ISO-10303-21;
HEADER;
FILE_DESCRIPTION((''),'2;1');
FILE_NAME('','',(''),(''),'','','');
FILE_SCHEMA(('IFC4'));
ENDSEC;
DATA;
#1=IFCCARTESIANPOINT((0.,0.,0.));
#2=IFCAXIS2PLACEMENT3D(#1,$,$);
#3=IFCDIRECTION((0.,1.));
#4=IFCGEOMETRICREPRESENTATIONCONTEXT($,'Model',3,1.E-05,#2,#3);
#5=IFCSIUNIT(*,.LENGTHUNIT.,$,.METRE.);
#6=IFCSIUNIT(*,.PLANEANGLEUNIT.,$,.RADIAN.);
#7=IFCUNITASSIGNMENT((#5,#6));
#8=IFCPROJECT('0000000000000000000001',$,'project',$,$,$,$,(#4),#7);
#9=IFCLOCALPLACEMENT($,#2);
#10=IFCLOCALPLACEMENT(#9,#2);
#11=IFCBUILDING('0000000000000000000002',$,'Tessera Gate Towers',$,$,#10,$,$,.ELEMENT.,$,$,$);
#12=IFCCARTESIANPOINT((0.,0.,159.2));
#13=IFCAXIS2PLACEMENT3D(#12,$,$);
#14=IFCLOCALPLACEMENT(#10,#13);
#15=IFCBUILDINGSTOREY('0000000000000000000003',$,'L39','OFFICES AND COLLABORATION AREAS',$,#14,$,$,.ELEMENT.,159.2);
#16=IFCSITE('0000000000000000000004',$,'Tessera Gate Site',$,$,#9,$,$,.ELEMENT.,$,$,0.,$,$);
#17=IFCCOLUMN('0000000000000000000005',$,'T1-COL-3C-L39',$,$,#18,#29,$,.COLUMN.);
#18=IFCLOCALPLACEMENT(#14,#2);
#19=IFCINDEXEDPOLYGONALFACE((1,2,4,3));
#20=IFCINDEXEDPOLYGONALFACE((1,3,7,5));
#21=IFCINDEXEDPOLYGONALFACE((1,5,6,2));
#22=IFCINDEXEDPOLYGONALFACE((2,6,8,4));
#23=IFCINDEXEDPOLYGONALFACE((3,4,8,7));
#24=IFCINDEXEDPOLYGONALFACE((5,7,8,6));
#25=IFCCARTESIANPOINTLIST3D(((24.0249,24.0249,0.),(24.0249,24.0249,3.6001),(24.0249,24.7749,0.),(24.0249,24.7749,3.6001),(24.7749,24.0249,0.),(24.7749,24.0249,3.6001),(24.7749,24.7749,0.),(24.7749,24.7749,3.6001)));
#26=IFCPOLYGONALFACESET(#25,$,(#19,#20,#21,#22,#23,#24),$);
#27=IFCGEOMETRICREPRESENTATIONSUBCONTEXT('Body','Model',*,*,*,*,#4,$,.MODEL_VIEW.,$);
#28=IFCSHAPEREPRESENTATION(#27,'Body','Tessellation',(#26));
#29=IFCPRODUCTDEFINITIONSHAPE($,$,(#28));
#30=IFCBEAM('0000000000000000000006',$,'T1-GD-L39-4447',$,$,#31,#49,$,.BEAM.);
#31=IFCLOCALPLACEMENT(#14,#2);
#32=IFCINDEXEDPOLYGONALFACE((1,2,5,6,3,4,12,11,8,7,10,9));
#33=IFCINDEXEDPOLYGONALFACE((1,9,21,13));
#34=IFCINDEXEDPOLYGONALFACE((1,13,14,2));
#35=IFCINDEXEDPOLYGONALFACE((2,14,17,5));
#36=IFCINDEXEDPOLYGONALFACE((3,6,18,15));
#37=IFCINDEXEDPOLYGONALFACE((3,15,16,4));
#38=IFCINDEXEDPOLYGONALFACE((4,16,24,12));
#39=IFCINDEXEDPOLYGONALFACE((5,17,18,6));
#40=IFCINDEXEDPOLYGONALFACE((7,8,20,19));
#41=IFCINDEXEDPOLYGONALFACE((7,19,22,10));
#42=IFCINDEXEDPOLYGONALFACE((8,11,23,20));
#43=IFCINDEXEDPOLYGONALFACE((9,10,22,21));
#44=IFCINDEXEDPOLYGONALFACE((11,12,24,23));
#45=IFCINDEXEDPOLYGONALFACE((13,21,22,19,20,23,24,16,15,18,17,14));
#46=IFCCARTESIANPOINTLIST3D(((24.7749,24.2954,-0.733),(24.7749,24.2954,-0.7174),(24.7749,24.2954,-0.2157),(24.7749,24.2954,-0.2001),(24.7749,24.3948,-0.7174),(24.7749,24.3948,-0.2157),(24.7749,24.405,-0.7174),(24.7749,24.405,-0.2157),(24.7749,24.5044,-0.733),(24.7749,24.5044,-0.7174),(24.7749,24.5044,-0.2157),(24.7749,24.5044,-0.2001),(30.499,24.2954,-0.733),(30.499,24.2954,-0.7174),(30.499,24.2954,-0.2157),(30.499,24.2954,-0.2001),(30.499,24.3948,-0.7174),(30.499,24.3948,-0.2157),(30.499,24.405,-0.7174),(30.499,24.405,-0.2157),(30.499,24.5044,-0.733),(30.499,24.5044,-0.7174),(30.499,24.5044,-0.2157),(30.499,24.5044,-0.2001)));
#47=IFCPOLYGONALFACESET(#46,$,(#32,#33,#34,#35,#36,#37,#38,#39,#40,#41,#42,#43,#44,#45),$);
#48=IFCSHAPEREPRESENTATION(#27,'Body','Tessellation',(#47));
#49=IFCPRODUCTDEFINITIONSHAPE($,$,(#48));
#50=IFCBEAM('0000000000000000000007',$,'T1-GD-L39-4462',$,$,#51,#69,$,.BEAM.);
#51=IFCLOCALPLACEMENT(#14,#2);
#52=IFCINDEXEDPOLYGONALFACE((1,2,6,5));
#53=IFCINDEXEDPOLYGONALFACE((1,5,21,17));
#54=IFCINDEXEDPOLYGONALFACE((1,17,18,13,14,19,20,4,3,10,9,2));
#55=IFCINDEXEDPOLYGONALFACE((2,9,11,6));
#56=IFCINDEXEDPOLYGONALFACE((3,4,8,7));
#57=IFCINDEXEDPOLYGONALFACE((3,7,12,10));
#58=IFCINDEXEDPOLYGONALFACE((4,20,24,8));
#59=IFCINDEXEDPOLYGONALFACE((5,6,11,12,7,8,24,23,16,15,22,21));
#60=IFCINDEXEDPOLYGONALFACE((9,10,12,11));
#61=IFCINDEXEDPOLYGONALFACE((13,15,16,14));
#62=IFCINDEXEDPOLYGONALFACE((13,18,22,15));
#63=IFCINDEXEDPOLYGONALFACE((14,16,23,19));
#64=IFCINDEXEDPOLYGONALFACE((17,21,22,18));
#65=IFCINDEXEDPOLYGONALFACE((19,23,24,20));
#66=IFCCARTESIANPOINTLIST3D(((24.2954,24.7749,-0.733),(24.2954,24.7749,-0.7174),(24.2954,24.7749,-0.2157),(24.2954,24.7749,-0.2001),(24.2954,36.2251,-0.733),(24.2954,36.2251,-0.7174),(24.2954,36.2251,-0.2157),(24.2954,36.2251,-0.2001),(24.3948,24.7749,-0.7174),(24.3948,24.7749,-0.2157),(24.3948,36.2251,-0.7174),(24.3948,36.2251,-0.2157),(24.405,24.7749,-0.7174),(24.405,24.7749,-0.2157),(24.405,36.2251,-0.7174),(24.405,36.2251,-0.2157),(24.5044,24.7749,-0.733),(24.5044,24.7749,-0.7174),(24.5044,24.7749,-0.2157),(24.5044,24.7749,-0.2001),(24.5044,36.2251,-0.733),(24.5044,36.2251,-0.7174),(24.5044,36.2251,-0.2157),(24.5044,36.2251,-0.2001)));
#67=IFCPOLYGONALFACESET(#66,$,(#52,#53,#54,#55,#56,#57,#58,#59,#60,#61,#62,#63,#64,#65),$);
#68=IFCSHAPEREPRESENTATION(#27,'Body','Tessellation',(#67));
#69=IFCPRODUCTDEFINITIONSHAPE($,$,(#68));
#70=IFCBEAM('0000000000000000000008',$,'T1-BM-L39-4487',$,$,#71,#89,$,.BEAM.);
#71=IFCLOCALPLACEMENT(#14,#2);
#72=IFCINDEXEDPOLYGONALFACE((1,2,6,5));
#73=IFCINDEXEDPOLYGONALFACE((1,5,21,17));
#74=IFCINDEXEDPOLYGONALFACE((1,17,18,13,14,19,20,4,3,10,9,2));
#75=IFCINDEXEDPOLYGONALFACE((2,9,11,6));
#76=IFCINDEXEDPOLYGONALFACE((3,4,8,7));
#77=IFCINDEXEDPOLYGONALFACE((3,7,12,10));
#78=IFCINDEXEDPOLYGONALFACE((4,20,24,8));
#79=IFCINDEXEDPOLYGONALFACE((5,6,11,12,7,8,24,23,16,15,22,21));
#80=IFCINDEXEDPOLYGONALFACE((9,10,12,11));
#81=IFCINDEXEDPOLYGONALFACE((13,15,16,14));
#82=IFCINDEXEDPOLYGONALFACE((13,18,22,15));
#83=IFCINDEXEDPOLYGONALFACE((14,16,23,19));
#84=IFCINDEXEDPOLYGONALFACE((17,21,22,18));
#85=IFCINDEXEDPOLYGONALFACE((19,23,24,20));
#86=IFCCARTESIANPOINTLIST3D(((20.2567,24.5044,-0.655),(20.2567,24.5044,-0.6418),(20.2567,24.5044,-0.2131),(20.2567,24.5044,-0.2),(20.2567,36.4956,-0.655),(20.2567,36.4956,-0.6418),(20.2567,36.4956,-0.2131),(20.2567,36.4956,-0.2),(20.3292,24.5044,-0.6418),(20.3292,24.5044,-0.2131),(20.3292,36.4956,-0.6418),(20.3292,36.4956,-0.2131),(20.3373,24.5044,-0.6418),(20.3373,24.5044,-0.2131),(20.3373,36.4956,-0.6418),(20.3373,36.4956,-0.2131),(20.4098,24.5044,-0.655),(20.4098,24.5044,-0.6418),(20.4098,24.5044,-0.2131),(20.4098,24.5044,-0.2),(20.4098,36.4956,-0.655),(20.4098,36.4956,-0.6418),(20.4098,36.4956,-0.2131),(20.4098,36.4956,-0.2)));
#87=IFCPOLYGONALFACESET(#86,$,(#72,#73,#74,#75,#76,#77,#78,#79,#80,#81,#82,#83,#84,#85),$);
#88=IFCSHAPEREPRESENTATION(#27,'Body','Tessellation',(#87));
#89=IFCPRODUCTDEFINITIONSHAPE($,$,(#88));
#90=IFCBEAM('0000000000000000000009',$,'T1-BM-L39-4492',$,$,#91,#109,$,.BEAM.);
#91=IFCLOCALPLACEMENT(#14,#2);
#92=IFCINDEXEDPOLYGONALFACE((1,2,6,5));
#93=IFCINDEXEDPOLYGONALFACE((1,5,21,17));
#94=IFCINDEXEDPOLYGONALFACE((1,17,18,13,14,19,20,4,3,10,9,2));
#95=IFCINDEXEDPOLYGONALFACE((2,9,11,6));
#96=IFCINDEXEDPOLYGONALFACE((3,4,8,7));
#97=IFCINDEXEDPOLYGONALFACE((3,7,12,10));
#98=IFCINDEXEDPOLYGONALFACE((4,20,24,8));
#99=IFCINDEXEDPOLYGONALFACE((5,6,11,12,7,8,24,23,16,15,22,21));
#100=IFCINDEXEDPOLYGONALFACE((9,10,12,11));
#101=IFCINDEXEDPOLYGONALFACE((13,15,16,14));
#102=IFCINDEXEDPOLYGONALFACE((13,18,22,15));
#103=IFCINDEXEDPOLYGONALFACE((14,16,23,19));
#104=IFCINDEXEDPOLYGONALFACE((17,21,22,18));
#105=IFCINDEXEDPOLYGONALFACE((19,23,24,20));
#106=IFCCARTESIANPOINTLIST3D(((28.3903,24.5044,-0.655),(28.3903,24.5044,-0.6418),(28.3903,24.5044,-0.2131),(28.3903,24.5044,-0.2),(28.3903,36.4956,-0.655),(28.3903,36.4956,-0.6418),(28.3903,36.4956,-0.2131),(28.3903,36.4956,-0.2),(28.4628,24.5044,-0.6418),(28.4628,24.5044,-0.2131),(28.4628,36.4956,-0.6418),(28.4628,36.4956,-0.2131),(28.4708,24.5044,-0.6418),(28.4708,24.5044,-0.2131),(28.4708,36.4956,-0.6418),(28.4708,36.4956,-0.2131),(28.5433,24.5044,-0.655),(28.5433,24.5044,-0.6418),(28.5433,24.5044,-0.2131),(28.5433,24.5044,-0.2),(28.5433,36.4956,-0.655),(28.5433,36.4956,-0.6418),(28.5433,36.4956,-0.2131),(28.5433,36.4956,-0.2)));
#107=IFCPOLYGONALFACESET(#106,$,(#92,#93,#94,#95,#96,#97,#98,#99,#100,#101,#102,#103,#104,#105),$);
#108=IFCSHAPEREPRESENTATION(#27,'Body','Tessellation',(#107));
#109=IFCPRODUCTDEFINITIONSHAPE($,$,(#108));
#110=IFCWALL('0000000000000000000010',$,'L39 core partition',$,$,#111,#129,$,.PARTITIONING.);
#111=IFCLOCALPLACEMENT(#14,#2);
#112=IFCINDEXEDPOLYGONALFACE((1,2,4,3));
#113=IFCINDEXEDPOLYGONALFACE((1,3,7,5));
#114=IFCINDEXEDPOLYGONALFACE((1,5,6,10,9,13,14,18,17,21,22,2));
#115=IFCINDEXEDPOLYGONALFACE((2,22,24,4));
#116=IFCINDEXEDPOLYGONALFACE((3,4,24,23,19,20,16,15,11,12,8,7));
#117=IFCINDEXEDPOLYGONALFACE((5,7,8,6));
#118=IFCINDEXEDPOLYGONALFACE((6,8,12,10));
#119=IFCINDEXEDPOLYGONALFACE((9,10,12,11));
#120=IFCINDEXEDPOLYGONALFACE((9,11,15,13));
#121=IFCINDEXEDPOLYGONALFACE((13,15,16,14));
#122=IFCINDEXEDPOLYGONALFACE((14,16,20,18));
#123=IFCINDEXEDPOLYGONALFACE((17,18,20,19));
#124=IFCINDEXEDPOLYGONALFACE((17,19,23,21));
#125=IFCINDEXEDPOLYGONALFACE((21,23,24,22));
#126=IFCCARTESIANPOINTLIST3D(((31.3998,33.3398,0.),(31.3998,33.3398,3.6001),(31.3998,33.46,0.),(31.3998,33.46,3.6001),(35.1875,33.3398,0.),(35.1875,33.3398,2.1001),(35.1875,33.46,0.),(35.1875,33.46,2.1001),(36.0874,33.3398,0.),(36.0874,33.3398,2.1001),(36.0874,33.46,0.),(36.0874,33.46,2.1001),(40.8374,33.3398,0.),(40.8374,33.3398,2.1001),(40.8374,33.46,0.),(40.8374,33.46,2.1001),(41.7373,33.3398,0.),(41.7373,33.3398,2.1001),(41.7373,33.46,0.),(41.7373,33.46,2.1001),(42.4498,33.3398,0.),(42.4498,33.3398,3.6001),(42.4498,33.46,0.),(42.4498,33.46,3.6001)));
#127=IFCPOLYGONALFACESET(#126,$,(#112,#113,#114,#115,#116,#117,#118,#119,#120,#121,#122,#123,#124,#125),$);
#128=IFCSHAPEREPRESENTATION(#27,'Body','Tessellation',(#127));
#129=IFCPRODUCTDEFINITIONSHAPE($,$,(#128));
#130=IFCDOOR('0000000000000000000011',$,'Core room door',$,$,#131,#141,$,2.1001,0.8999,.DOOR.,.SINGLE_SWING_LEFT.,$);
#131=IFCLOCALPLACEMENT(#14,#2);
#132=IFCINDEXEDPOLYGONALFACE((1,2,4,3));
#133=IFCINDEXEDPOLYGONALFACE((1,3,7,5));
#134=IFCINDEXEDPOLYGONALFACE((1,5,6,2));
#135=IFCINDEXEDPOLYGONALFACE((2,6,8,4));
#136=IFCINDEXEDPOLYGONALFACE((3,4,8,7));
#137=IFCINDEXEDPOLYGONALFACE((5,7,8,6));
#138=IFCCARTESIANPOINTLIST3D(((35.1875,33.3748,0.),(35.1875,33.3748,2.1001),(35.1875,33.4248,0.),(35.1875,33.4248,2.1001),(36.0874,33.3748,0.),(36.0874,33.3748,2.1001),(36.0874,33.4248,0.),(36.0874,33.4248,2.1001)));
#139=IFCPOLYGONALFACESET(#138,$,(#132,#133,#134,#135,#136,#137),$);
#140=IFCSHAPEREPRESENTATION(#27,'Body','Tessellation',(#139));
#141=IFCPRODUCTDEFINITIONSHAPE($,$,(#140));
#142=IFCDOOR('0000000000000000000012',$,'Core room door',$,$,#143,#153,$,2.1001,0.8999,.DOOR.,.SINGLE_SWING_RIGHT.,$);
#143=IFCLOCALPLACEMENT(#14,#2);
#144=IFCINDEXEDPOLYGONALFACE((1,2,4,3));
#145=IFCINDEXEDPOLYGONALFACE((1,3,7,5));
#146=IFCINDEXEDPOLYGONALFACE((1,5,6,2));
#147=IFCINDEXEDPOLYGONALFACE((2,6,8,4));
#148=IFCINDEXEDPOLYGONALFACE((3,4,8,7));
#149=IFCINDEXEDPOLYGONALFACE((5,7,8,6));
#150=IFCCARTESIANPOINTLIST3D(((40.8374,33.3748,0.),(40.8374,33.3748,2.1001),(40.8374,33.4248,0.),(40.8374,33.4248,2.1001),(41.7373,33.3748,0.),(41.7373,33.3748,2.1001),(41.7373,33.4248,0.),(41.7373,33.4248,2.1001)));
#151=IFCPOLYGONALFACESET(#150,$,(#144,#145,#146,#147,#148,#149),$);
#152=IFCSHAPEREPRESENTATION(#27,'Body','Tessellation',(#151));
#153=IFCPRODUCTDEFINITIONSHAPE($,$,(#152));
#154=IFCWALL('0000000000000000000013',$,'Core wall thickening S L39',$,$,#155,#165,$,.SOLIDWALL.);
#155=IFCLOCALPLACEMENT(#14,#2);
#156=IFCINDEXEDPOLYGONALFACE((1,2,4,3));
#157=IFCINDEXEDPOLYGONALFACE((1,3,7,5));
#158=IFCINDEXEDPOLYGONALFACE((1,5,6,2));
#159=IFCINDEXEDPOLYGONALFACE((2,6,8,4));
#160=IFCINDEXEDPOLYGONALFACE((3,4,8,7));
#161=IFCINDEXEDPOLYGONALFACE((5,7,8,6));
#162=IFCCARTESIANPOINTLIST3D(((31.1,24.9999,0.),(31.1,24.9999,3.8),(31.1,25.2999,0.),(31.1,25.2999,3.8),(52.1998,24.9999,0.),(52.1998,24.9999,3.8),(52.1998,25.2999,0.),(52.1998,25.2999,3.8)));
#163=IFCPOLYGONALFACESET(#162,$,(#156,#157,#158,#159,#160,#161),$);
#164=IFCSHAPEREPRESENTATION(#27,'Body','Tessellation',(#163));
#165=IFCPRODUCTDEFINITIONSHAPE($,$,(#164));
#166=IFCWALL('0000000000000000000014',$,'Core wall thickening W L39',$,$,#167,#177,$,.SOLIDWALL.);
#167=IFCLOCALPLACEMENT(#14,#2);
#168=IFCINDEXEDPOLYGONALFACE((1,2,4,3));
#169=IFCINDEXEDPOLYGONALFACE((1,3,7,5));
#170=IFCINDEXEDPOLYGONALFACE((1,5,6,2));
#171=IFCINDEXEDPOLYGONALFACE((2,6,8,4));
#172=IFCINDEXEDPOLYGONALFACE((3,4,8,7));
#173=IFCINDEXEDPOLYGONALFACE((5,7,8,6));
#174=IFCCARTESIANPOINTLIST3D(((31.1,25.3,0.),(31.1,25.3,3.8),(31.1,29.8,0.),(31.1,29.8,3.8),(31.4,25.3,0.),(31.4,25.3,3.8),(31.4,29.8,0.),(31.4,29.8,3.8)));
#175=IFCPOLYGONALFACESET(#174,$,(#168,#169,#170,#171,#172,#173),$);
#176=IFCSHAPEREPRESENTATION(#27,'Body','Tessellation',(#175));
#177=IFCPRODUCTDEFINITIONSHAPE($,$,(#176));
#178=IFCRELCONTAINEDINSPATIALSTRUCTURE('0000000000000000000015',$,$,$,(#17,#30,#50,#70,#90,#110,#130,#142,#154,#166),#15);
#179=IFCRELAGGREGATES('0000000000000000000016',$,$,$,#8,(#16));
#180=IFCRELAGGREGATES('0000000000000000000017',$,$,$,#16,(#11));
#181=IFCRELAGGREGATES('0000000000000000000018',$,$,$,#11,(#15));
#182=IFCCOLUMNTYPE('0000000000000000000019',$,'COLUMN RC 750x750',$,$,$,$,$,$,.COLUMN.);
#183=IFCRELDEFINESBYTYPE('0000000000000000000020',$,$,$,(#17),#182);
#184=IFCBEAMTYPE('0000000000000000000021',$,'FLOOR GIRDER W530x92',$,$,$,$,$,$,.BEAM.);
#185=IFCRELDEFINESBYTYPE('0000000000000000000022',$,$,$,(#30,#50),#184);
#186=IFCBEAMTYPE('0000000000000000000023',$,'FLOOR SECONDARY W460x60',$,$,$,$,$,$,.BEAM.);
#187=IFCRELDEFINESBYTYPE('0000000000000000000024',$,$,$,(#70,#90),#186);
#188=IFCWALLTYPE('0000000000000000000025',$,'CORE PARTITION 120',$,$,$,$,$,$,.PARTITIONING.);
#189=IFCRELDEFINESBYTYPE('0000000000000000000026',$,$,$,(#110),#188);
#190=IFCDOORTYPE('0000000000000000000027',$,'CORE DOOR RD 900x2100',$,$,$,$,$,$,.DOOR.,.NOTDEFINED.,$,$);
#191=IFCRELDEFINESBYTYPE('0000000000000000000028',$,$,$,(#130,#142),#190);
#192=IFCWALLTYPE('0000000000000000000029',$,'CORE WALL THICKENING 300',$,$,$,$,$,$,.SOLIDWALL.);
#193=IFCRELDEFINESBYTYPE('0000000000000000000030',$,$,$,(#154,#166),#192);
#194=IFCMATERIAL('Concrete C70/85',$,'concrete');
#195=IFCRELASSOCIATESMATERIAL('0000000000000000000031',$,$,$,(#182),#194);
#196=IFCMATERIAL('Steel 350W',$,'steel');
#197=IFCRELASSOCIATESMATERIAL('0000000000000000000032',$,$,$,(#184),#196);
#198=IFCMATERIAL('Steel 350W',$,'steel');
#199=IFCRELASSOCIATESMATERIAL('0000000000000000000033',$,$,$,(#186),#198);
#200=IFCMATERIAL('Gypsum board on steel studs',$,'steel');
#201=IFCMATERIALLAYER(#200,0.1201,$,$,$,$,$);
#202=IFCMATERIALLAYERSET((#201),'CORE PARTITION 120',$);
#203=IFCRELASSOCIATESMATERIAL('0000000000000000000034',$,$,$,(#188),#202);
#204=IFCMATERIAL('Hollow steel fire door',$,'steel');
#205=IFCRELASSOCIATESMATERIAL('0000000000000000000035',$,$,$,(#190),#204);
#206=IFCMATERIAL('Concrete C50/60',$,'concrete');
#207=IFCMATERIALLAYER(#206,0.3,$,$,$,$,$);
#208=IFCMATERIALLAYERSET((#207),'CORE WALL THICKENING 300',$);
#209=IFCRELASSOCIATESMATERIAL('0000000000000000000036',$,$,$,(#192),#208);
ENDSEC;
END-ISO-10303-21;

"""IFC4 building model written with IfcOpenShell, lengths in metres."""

from ifc_helpers import new_model, si_unit, direction, frame, frame_2d, origin, origin_2d, place, context, subcontext, project, spatial, rectangle, i_section, extrude, source, transform, mapped, material, layer, layer_set, material_profile, profile_set, type_object, element, fill, save


model = new_model("IFC4")

# Units and contexts
model_context = context("Model", 3, precision=1e-05, world=origin(), true_north=direction((0.0, 1.0)))
body_context = subcontext(model_context, "Body", "Model", "MODEL_VIEW")
ifc_project = project(units=[si_unit("LENGTHUNIT", "METRE"), si_unit("PLANEANGLEUNIT", "RADIAN")], contexts=[model_context])

# Site, building, storey
site_placement = place(None, origin())
site = spatial("IfcSite", under=ifc_project, at=site_placement, Name="Tessera Gate Site", CompositionType="ELEMENT", RefElevation=0.0)
building_placement = place(site_placement, origin())
building = spatial("IfcBuilding", under=site, at=building_placement, Name="Tessera Gate Towers", CompositionType="ELEMENT")
storey_placement = place(building_placement, frame((0.0, 0.0, 159.2)))
storey = spatial("IfcBuildingStorey", under=building, at=storey_placement, Name="L39", Description="OFFICES AND COLLABORATION AREAS", CompositionType="ELEMENT", Elevation=159.2)

# Column
ifc_material_1 = material(Name="Concrete C70/85", Category="concrete")
ifc_material_profile_1 = material_profile(ifc_material_1, rectangle(XDim=0.75, YDim=0.75, at=origin_2d()), Name="RC 750x750")
ifc_profile_set_1 = profile_set([ifc_material_profile_1], Name="Concrete C70/85")
column_type = type_object("IfcColumnType", Name="COLUMN RC 750x750", PredefinedType="COLUMN", material=ifc_profile_set_1)
column_placement = place(storey_placement, frame((24.3999, 24.3999, 0.0), z_axis=(0.0, 0.0, 1.0), x_axis=(1.0, 0.0, 0.0)))
element("IfcColumn", 1, at=column_placement, inside=storey, type_object=column_type, Name="T1-COL-3C-L39", PredefinedType="COLUMN", context=body_context, shape_type="SweptSolid", body=[
    extrude(rectangle(XDim=0.75, YDim=0.75, at=origin_2d()), origin(), (0.0, 0.0, 1.0), 3.6001),
])

# Beams
ifc_material_2 = material(Name="Steel 350W", Category="steel")
ifc_material_profile_2 = material_profile(ifc_material_2, i_section(OverallWidth=0.209, OverallDepth=0.533, WebThickness=0.0103, FlangeThickness=0.0156, at=origin_2d()), Name="W530x92")
ifc_profile_set_2 = profile_set([ifc_material_profile_2], Name="Steel 350W")
beam_type_1 = type_object("IfcBeamType", Name="FLOOR GIRDER W530x92", PredefinedType="BEAM", material=ifc_profile_set_2)
beam_1_placement = place(storey_placement, frame((24.7749, 24.3999, -0.4666), z_axis=(1.0, 0.0, 0.0), x_axis=(0.0, 1.0, 0.0)))
element("IfcBeam", 2, at=beam_1_placement, inside=storey, type_object=beam_type_1, Name="T1-GD-L39-4447", PredefinedType="BEAM", context=body_context, shape_type="SweptSolid", body=[
    extrude(i_section(OverallWidth=0.209, OverallDepth=0.533, WebThickness=0.0103, FlangeThickness=0.0156, at=origin_2d()), origin(), (0.0, 0.0, 1.0), 5.7241),
])
beam_2_placement = place(storey_placement, frame((24.3999, 24.7749, -0.4666), z_axis=(0.0, 1.0, 0.0), x_axis=(-1.0, 0.0, 0.0)))
element("IfcBeam", 3, at=beam_2_placement, inside=storey, type_object=beam_type_1, Name="T1-GD-L39-4462", PredefinedType="BEAM", context=body_context, shape_type="SweptSolid", body=[
    extrude(i_section(OverallWidth=0.209, OverallDepth=0.533, WebThickness=0.0103, FlangeThickness=0.0156, at=origin_2d()), origin(), (0.0, 0.0, 1.0), 11.4502),
])
ifc_material_3 = material(Name="Steel 350W", Category="steel")
ifc_material_profile_3 = material_profile(ifc_material_3, i_section(OverallWidth=0.1531, OverallDepth=0.4551, WebThickness=0.0081, FlangeThickness=0.0132, at=origin_2d()), Name="W460x60")
ifc_profile_set_3 = profile_set([ifc_material_profile_3], Name="Steel 350W")
beam_type_2 = type_object("IfcBeamType", Name="FLOOR SECONDARY W460x60", PredefinedType="BEAM", material=ifc_profile_set_3)
for number, where, z_axis, x_axis, name in (
    (4, (20.3333, 24.5044, -0.4275), (0.0, 1.0, 0.0), (-1.0, 0.0, 0.0), "T1-BM-L39-4487"),
    (5, (28.4668, 24.5044, -0.4275), (0.0, 1.0, 0.0), (-1.0, 0.0, 0.0), "T1-BM-L39-4492"),
):
    element("IfcBeam", number, at=place(storey_placement, frame(where, z_axis=z_axis, x_axis=x_axis)), inside=storey, type_object=beam_type_2, Name=name, PredefinedType="BEAM", context=body_context, shape_type="SweptSolid", body=[
        extrude(i_section(OverallWidth=0.1531, OverallDepth=0.4551, WebThickness=0.0081, FlangeThickness=0.0132, at=origin_2d()), origin(), (0.0, 0.0, 1.0), 11.9912),
    ])

# Wall, openings, doors
ifc_material_4 = material(Name="Gypsum board on steel studs", Category="steel")
ifc_layer_1 = layer(ifc_material_4, 0.1201)
ifc_layer_set_1 = layer_set([ifc_layer_1], Name="CORE PARTITION 120")
wall_type_1 = type_object("IfcWallType", Name="CORE PARTITION 120", PredefinedType="PARTITIONING", material=ifc_layer_set_1)
wall_1_placement = place(storey_placement, frame((31.3999, 33.3999, 0.0), z_axis=(0.0, 0.0, 1.0), x_axis=(1.0, 0.0, 0.0)))
wall_1 = element("IfcWall", 6, at=wall_1_placement, inside=storey, type_object=wall_type_1, Name="L39 core partition", PredefinedType="PARTITIONING", context=body_context, shape_type="SweptSolid", body=[
    extrude(rectangle(XDim=11.05, YDim=0.1201, at=frame_2d((5.5249, 0.0))), origin(), (0.0, 0.0, 1.0), 3.6001),
])
shared_shape_1 = source(origin(), body_context, "Body", "SweptSolid", [
    extrude(rectangle(XDim=0.8999, YDim=2.1001, at=frame_2d((0.45, 1.05))), frame((0.0, 0.0701, 0.0), z_axis=(0.0, -1.0, 0.0), x_axis=(1.0, 0.0, 0.0)), (0.0, 0.0, 1.0), 0.1401),
])
opening_1_placement = place(wall_1_placement, frame((3.7876, 0.0, 0.0)))
opening_1 = element("IfcOpeningElement", 7, at=opening_1_placement, cuts=wall_1, PredefinedType="OPENING", context=body_context, shape_type="MappedRepresentation", body=[
    mapped(shared_shape_1, transform((0.0, 0.0, 0.0), scale=1.0)),
])
opening_2_placement = place(wall_1_placement, frame((9.4375, 0.0, 0.0)))
opening_2 = element("IfcOpeningElement", 8, at=opening_2_placement, cuts=wall_1, PredefinedType="OPENING", context=body_context, shape_type="MappedRepresentation", body=[
    mapped(shared_shape_1, transform((0.0, 0.0, 0.0), scale=1.0)),
])
ifc_material_5 = material(Name="Hollow steel fire door", Category="steel")
door_type_1 = type_object("IfcDoorType", Name="CORE DOOR RD 900x2100", OperationType="NOTDEFINED", PredefinedType="DOOR", material=ifc_material_5)
shared_shape_2 = source(origin(), body_context, "Body", "SweptSolid", [
    extrude(rectangle(XDim=0.8999, YDim=2.1001, at=frame_2d((0.45, 1.05))), frame((0.0, 0.0249, 0.0), z_axis=(0.0, -1.0, 0.0), x_axis=(1.0, 0.0, 0.0)), (0.0, 0.0, 1.0), 0.05),
])
door_1_placement = place(opening_1_placement, origin())
door_1 = element("IfcDoor", 9, at=door_1_placement, inside=storey, type_object=door_type_1, Name="Core room door", OperationType="SINGLE_SWING_LEFT", OverallHeight=2.1001, OverallWidth=0.8999, PredefinedType="DOOR", context=body_context, shape_type="MappedRepresentation", body=[
    mapped(shared_shape_2, transform((0.0, 0.0, 0.0), scale=1.0)),
])
fill(opening_1, door_1)
door_2_placement = place(opening_2_placement, origin())
door_2 = element("IfcDoor", 10, at=door_2_placement, inside=storey, type_object=door_type_1, Name="Core room door", OperationType="SINGLE_SWING_RIGHT", OverallHeight=2.1001, OverallWidth=0.8999, PredefinedType="DOOR", context=body_context, shape_type="MappedRepresentation", body=[
    mapped(shared_shape_2, transform((0.0, 0.0, 0.0), scale=1.0)),
])
fill(opening_2, door_2)

# Walls
ifc_material_6 = material(Name="Concrete C50/60", Category="concrete")
ifc_layer_2 = layer(ifc_material_6, 0.3)
ifc_layer_set_2 = layer_set([ifc_layer_2], Name="CORE WALL THICKENING 300")
wall_type_2 = type_object("IfcWallType", Name="CORE WALL THICKENING 300", PredefinedType="SOLIDWALL", material=ifc_layer_set_2)
wall_2_placement = place(storey_placement, frame((31.1001, 25.1499, 0.0), z_axis=(0.0, 0.0, 1.0), x_axis=(1.0, 0.0, 0.0)))
element("IfcWall", 11, at=wall_2_placement, inside=storey, type_object=wall_type_2, Name="Core wall thickening S L39", PredefinedType="SOLIDWALL", context=body_context, shape_type="SweptSolid", body=[
    extrude(rectangle(XDim=21.0999, YDim=0.3, at=frame_2d((10.5498, 0.0))), origin(), (0.0, 0.0, 1.0), 3.8),
])
wall_3_placement = place(storey_placement, frame((31.25, 25.3, 0.0), z_axis=(0.0, 0.0, 1.0), x_axis=(0.0, 1.0, 0.0)))
element("IfcWall", 12, at=wall_3_placement, inside=storey, type_object=wall_type_2, Name="Core wall thickening W L39", PredefinedType="SOLIDWALL", context=body_context, shape_type="SweptSolid", body=[
    extrude(rectangle(XDim=4.5, YDim=0.3, at=frame_2d((2.25, 0.0))), origin(), (0.0, 0.0, 1.0), 3.8),
])

save(model, "model.ifc")
